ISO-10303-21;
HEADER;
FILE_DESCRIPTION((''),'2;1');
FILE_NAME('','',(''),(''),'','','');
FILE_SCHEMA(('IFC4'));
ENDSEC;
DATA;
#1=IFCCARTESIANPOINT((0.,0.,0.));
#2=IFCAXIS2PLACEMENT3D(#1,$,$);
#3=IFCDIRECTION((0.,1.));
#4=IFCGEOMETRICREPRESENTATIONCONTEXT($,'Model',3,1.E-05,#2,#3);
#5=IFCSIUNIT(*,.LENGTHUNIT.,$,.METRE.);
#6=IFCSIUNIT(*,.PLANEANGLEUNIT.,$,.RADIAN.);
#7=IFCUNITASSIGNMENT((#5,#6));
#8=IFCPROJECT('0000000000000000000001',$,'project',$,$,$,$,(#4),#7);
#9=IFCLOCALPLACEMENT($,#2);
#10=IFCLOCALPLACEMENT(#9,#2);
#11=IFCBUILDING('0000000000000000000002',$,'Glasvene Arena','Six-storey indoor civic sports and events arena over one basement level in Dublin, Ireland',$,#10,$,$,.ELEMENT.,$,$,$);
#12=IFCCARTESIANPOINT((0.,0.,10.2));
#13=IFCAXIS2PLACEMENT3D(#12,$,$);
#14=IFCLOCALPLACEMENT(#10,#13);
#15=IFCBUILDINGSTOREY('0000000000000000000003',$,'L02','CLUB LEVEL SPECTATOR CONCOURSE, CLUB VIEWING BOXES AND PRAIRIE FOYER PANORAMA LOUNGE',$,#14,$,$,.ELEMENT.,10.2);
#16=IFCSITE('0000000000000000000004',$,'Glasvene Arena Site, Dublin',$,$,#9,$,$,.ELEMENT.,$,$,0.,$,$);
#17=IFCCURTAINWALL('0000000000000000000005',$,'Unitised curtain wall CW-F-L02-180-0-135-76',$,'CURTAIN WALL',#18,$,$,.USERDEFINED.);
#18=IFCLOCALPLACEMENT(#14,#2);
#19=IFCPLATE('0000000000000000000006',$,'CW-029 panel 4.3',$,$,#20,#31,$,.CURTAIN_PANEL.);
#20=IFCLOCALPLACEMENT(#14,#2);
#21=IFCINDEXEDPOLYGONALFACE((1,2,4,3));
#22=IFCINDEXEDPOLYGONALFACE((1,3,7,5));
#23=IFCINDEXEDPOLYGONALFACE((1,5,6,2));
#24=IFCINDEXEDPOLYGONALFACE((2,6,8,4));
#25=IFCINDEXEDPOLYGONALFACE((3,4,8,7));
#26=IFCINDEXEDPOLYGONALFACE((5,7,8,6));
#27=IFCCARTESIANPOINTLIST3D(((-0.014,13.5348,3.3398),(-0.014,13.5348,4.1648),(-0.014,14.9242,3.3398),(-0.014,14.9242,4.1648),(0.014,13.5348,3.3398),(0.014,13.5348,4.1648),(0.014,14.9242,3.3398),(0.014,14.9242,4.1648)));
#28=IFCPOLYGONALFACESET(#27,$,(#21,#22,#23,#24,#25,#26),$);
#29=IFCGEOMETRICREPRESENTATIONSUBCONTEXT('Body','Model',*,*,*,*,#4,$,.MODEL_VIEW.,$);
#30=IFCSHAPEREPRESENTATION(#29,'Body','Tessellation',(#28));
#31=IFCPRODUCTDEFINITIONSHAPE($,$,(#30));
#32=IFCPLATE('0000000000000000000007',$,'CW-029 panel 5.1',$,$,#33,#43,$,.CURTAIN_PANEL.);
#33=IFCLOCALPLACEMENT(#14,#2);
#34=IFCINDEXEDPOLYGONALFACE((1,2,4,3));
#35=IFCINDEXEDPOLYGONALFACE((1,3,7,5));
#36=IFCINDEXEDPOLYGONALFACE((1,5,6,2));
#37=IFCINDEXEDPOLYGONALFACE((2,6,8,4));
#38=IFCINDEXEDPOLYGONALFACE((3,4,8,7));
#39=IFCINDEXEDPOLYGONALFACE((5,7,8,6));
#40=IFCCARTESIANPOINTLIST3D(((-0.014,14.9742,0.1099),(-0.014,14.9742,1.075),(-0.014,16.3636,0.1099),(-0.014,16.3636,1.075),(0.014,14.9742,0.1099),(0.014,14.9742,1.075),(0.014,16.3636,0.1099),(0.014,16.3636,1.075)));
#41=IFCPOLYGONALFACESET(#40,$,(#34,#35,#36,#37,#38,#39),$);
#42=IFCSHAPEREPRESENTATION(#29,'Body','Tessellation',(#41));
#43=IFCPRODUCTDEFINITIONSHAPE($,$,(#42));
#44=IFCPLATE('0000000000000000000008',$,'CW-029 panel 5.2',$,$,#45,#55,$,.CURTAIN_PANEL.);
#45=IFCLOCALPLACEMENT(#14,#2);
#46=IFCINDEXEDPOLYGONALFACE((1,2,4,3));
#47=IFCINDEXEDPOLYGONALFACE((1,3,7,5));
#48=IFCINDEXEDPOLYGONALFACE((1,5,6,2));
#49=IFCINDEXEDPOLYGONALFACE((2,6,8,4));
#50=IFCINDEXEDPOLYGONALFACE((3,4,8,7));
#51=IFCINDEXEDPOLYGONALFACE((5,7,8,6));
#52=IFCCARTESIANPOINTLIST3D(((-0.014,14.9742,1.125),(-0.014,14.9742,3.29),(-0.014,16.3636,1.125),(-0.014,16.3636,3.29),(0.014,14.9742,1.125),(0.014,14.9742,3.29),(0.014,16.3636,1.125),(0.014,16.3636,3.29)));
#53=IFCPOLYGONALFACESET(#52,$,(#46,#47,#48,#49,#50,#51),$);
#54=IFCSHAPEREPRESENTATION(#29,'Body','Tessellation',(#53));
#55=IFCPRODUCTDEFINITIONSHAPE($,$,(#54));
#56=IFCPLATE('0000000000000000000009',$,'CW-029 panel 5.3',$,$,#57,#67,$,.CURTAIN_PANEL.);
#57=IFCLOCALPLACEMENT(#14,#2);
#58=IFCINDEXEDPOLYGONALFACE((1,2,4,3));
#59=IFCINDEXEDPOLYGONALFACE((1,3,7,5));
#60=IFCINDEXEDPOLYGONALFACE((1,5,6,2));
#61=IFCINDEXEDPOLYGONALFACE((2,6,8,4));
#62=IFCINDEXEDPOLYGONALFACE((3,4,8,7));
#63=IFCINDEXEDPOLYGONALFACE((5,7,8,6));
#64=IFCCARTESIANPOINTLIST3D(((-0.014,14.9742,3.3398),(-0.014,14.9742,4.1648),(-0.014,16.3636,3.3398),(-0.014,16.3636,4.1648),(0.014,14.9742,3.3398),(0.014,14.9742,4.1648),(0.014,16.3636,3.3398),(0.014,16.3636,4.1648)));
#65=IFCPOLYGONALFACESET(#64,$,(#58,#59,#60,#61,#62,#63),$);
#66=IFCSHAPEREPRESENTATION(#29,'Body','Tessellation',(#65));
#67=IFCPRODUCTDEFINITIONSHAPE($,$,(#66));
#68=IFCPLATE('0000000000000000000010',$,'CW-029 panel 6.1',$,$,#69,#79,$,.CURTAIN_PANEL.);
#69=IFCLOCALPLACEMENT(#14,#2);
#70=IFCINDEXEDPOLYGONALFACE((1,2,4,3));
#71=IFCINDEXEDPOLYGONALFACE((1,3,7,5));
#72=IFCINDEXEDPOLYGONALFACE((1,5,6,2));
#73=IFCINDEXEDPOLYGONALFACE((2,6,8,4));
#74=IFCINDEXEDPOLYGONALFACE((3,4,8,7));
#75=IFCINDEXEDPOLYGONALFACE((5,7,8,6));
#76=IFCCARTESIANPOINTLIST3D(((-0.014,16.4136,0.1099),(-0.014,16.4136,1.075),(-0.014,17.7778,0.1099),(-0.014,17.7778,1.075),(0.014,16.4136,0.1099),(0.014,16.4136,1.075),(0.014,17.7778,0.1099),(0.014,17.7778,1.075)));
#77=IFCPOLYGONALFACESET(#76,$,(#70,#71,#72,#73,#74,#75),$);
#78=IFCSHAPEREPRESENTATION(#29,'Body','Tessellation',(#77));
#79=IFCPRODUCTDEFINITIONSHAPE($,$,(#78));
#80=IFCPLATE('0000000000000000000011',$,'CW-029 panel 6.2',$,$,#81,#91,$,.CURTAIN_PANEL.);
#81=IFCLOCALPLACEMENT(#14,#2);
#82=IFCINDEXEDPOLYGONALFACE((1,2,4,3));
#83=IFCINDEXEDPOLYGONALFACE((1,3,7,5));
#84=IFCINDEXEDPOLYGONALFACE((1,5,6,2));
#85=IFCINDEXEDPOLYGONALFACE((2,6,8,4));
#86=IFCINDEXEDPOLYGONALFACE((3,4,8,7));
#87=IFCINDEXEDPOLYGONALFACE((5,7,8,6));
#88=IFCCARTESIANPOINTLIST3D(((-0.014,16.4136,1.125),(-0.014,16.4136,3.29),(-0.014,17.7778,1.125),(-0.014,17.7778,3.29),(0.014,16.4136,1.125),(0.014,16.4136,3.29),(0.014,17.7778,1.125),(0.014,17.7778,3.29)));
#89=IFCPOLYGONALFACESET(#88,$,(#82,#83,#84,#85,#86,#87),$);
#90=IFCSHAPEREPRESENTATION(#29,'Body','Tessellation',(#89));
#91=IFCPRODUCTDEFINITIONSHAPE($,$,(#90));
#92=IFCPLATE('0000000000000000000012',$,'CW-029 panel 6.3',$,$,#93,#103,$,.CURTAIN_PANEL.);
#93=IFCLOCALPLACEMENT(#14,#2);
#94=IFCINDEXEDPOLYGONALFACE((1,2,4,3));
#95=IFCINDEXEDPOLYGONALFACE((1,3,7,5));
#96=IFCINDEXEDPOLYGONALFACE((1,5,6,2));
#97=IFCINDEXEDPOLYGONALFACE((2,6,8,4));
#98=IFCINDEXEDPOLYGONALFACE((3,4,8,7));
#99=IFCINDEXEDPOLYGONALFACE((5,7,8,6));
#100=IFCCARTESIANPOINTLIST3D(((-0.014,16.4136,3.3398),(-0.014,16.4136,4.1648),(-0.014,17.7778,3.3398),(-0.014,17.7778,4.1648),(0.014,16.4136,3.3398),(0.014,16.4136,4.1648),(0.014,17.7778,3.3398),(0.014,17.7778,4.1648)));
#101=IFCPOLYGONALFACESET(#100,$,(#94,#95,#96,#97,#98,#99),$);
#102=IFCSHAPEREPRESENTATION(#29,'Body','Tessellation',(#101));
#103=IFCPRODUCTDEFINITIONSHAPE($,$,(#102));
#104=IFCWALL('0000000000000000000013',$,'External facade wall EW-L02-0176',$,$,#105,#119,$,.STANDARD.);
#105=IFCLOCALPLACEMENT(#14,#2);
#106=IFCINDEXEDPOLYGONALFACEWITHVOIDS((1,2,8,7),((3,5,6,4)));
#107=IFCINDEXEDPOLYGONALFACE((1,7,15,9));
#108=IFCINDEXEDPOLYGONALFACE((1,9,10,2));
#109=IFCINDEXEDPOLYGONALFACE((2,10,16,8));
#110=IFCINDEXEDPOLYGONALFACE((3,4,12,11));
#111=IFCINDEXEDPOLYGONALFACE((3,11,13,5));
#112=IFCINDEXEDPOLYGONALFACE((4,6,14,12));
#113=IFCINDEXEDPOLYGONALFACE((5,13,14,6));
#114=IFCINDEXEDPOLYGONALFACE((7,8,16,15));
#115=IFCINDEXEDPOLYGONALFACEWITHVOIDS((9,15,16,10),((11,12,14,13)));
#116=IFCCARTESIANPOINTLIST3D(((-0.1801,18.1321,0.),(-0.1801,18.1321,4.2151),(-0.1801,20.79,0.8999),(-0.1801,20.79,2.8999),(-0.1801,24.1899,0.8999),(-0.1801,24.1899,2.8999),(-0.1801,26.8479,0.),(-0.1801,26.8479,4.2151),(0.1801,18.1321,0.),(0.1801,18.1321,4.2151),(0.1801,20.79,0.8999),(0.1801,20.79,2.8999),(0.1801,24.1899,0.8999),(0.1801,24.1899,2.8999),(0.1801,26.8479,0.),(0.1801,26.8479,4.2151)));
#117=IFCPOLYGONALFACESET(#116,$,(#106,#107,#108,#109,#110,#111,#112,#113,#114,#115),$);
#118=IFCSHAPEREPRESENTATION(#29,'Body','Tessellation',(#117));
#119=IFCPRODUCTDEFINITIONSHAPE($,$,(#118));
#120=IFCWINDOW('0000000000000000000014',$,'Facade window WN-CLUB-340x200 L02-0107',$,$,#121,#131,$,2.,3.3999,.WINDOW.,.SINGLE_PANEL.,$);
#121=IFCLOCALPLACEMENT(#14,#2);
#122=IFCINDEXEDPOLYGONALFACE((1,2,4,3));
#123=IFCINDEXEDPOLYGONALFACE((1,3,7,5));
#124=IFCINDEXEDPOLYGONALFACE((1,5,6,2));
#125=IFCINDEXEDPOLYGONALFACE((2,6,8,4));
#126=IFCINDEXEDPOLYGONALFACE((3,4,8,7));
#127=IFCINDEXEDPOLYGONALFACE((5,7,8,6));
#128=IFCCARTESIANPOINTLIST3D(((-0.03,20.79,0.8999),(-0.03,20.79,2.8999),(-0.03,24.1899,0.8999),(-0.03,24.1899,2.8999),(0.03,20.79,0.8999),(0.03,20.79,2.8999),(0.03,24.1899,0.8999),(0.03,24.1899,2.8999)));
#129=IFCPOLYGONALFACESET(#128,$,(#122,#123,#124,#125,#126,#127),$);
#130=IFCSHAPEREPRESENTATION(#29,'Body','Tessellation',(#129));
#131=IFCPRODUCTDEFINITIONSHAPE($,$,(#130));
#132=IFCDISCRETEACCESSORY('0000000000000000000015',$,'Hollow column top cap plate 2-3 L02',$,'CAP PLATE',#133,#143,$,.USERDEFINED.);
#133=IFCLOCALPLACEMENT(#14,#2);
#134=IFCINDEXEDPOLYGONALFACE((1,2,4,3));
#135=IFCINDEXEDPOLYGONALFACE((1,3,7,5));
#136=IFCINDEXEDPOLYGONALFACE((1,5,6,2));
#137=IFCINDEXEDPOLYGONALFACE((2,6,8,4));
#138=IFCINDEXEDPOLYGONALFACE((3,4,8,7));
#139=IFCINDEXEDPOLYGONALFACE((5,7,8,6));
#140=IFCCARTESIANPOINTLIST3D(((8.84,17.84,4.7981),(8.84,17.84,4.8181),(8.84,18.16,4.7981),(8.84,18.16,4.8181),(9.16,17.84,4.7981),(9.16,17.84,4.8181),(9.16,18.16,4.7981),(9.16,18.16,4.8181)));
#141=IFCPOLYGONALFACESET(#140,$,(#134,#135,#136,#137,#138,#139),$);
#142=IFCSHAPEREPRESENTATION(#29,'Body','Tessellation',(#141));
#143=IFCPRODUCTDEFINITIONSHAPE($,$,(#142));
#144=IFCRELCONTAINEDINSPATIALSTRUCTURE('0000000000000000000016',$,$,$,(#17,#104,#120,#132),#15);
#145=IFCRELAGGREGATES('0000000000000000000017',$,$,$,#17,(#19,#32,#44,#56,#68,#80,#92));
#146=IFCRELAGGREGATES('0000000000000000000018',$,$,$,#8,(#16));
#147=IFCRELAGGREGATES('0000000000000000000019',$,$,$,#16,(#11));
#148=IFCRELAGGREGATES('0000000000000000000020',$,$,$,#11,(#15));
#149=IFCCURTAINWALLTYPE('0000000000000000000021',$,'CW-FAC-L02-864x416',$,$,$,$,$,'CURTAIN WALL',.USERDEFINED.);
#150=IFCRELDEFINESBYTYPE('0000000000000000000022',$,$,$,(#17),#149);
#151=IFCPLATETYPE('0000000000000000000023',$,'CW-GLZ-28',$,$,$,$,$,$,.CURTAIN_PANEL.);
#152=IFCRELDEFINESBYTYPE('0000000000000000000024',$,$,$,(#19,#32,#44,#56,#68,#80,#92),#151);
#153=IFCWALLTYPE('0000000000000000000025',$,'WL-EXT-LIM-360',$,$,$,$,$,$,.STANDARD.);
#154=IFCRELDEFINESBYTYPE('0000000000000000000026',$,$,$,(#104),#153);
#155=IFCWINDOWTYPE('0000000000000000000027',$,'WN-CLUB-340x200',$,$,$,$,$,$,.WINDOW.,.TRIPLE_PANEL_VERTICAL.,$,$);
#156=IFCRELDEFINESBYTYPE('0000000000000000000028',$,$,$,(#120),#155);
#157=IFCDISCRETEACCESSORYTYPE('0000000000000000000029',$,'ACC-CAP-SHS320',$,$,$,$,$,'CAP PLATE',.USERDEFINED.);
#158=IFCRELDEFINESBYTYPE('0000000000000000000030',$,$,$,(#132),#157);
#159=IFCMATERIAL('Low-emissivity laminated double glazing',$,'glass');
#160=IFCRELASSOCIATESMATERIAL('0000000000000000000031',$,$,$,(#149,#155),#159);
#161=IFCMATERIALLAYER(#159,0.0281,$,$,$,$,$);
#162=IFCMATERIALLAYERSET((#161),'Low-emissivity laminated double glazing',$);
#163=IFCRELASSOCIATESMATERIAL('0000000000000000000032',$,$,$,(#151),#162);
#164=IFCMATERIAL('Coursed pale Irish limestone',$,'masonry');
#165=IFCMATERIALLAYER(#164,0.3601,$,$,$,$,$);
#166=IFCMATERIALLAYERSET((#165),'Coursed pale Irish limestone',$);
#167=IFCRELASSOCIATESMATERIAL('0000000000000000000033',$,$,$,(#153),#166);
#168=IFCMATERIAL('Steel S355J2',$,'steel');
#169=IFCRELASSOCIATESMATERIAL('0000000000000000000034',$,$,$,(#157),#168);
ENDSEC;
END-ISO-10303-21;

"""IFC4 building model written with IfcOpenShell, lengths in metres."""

from ifc_helpers import new_model, si_unit, direction, frame, frame_2d, origin, origin_2d, place, context, subcontext, project, spatial, rectangle, extrude, material, layer, layer_set, type_object, element, fill, aggregate, save


model = new_model("IFC4")

# Units and contexts
model_context = context("Model", 3, precision=1e-05, world=origin(), true_north=direction((0.0, 1.0)))
body_context = subcontext(model_context, "Body", "Model", "MODEL_VIEW")
ifc_project = project(units=[si_unit("LENGTHUNIT", "METRE"), si_unit("PLANEANGLEUNIT", "RADIAN")], contexts=[model_context])

# Site, building, storey
site_placement = place(None, origin())
site = spatial("IfcSite", under=ifc_project, at=site_placement, Name="Glasvene Arena Site, Dublin", CompositionType="ELEMENT", RefElevation=0.0)
building_placement = place(site_placement, origin())
building = spatial("IfcBuilding", under=site, at=building_placement, Name="Glasvene Arena", Description="Six-storey indoor civic sports and events arena over one basement level in Dublin, Ireland", CompositionType="ELEMENT")
storey_placement = place(building_placement, frame((0.0, 0.0, 10.2)))
storey = spatial("IfcBuildingStorey", under=building, at=storey_placement, Name="L02", Description="CLUB LEVEL SPECTATOR CONCOURSE, CLUB VIEWING BOXES AND PRAIRIE FOYER PANORAMA LOUNGE", CompositionType="ELEMENT", Elevation=10.2)

# Shared definitions
ifc_material_1 = material(Name="Steel S355J2", Category="steel")

# Curtain wall, plates
ifc_material_2 = material(Name="Low-emissivity laminated double glazing", Category="glass")
curtain_wall_type = type_object("IfcCurtainWallType", Name="CW-FAC-L02-864x416", ElementType="CURTAIN WALL", PredefinedType="USERDEFINED", material=ifc_material_2)
curtain_wall_placement = place(storey_placement, frame((0.0, 9.1919, 0.0)))
curtain_wall = element("IfcCurtainWall", 1, at=curtain_wall_placement, inside=storey, type_object=curtain_wall_type, Name="Unitised curtain wall CW-F-L02-180-0-135-76", ObjectType="CURTAIN WALL", PredefinedType="USERDEFINED")
ifc_layer_1 = layer(ifc_material_2, 0.0281)
ifc_layer_set_1 = layer_set([ifc_layer_1], Name="Low-emissivity laminated double glazing")
plate_type = type_object("IfcPlateType", Name="CW-GLZ-28", PredefinedType="CURTAIN_PANEL", material=ifc_layer_set_1)
plate_1_placement = place(storey_placement, frame((0.0, 14.2295, 3.3398), z_axis=(0.0, 0.0, 1.0), x_axis=(0.0, 1.0, 0.0)))
plate_1 = element("IfcPlate", 2, at=plate_1_placement, type_object=plate_type, Name="CW-029 panel 4.3", PredefinedType="CURTAIN_PANEL", context=body_context, shape_type="SweptSolid", body=[
    extrude(rectangle(XDim=1.3894, YDim=0.0281, at=origin_2d()), origin(), (0.0, 0.0, 1.0), 0.825),
])
plate_2_placement = place(storey_placement, frame((0.0, 15.6689, 0.1099), z_axis=(0.0, 0.0, 1.0), x_axis=(0.0, 1.0, 0.0)))
plate_2 = element("IfcPlate", 3, at=plate_2_placement, type_object=plate_type, Name="CW-029 panel 5.1", PredefinedType="CURTAIN_PANEL", context=body_context, shape_type="SweptSolid", body=[
    extrude(rectangle(XDim=1.3894, YDim=0.0281, at=origin_2d()), origin(), (0.0, 0.0, 1.0), 0.9651),
])
plate_3_placement = place(storey_placement, frame((0.0, 15.6689, 1.125), z_axis=(0.0, 0.0, 1.0), x_axis=(0.0, 1.0, 0.0)))
plate_3 = element("IfcPlate", 4, at=plate_3_placement, type_object=plate_type, Name="CW-029 panel 5.2", PredefinedType="CURTAIN_PANEL", context=body_context, shape_type="SweptSolid", body=[
    extrude(rectangle(XDim=1.3894, YDim=0.0281, at=origin_2d()), origin(), (0.0, 0.0, 1.0), 2.165),
])
plate_4_placement = place(storey_placement, frame((0.0, 15.6689, 3.3398), z_axis=(0.0, 0.0, 1.0), x_axis=(0.0, 1.0, 0.0)))
plate_4 = element("IfcPlate", 5, at=plate_4_placement, type_object=plate_type, Name="CW-029 panel 5.3", PredefinedType="CURTAIN_PANEL", context=body_context, shape_type="SweptSolid", body=[
    extrude(rectangle(XDim=1.3894, YDim=0.0281, at=origin_2d()), origin(), (0.0, 0.0, 1.0), 0.825),
])
plate_5_placement = place(storey_placement, frame((0.0, 17.0957, 0.1099), z_axis=(0.0, 0.0, 1.0), x_axis=(0.0, 1.0, 0.0)))
plate_5 = element("IfcPlate", 6, at=plate_5_placement, type_object=plate_type, Name="CW-029 panel 6.1", PredefinedType="CURTAIN_PANEL", context=body_context, shape_type="SweptSolid", body=[
    extrude(rectangle(XDim=1.3643, YDim=0.0281, at=origin_2d()), origin(), (0.0, 0.0, 1.0), 0.9651),
])
plate_6_placement = place(storey_placement, frame((0.0, 17.0957, 1.125), z_axis=(0.0, 0.0, 1.0), x_axis=(0.0, 1.0, 0.0)))
plate_6 = element("IfcPlate", 7, at=plate_6_placement, type_object=plate_type, Name="CW-029 panel 6.2", PredefinedType="CURTAIN_PANEL", context=body_context, shape_type="SweptSolid", body=[
    extrude(rectangle(XDim=1.3643, YDim=0.0281, at=origin_2d()), origin(), (0.0, 0.0, 1.0), 2.165),
])
plate_7_placement = place(storey_placement, frame((0.0, 17.0957, 3.3398), z_axis=(0.0, 0.0, 1.0), x_axis=(0.0, 1.0, 0.0)))
plate_7 = element("IfcPlate", 8, at=plate_7_placement, type_object=plate_type, Name="CW-029 panel 6.3", PredefinedType="CURTAIN_PANEL", context=body_context, shape_type="SweptSolid", body=[
    extrude(rectangle(XDim=1.3643, YDim=0.0281, at=origin_2d()), origin(), (0.0, 0.0, 1.0), 0.825),
])
aggregate(curtain_wall, [plate_1, plate_2, plate_3, plate_4, plate_5, plate_6, plate_7])

# Wall, opening, window
ifc_material_3 = material(Name="Coursed pale Irish limestone", Category="masonry")
ifc_layer_2 = layer(ifc_material_3, 0.3601)
ifc_layer_set_2 = layer_set([ifc_layer_2], Name="Coursed pale Irish limestone")
wall_type = type_object("IfcWallType", Name="WL-EXT-LIM-360", PredefinedType="STANDARD", material=ifc_layer_set_2)
wall_placement = place(storey_placement, frame((0.0, 18.1321, 0.0), z_axis=(0.0, 0.0, 1.0), x_axis=(0.0, 1.0, 0.0)))
wall = element("IfcWall", 9, at=wall_placement, inside=storey, type_object=wall_type, Name="External facade wall EW-L02-0176", PredefinedType="STANDARD", context=body_context, shape_type="SweptSolid", body=[
    extrude(rectangle(XDim=8.7158, YDim=0.3601, at=frame_2d((4.3579, 0.0))), origin(), (0.0, 0.0, 1.0), 4.2151),
])
opening_placement = place(wall_placement, frame((2.658, 0.0, 0.8999)))
opening = element("IfcOpeningElement", 10, at=opening_placement, cuts=wall, PredefinedType="OPENING", context=body_context, shape_type="SweptSolid", body=[
    extrude(rectangle(XDim=3.3999, YDim=2.0, at=frame_2d((1.7, 1.0))), frame((0.0, 0.1899, 0.0), z_axis=(0.0, -1.0, 0.0), x_axis=(1.0, 0.0, 0.0)), (0.0, 0.0, 1.0), 0.3801),
])
window_type = type_object("IfcWindowType", Name="WN-CLUB-340x200", PartitioningType="TRIPLE_PANEL_VERTICAL", PredefinedType="WINDOW", material=ifc_material_2)
window_placement = place(opening_placement, origin())
window = element("IfcWindow", 11, at=window_placement, inside=storey, type_object=window_type, Name="Facade window WN-CLUB-340x200 L02-0107", OverallHeight=2.0, OverallWidth=3.3999, PartitioningType="SINGLE_PANEL", PredefinedType="WINDOW", context=body_context, shape_type="SweptSolid", body=[
    extrude(rectangle(XDim=3.3999, YDim=2.0, at=frame_2d((1.7, 1.0))), frame((0.0, 0.03, 0.0), z_axis=(0.0, -1.0, 0.0), x_axis=(1.0, 0.0, 0.0)), (0.0, 0.0, 1.0), 0.0601),
])
fill(opening, window)

# Discrete accessory
discrete_accessory_type = type_object("IfcDiscreteAccessoryType", Name="ACC-CAP-SHS320", ElementType="CAP PLATE", PredefinedType="USERDEFINED", material=ifc_material_1)
discrete_accessory_placement = place(storey_placement, frame((9.0, 18.0, 4.7981), z_axis=(0.0, 0.0, 1.0), x_axis=(1.0, 0.0, 0.0)))
element("IfcDiscreteAccessory", 12, at=discrete_accessory_placement, inside=storey, type_object=discrete_accessory_type, Name="Hollow column top cap plate 2-3 L02", ObjectType="CAP PLATE", PredefinedType="USERDEFINED", context=body_context, shape_type="SweptSolid", body=[
    extrude(rectangle(XDim=0.3201, YDim=0.3201, at=origin_2d()), origin(), (0.0, 0.0, 1.0), 0.02),
])

save(model, "model.ifc")
